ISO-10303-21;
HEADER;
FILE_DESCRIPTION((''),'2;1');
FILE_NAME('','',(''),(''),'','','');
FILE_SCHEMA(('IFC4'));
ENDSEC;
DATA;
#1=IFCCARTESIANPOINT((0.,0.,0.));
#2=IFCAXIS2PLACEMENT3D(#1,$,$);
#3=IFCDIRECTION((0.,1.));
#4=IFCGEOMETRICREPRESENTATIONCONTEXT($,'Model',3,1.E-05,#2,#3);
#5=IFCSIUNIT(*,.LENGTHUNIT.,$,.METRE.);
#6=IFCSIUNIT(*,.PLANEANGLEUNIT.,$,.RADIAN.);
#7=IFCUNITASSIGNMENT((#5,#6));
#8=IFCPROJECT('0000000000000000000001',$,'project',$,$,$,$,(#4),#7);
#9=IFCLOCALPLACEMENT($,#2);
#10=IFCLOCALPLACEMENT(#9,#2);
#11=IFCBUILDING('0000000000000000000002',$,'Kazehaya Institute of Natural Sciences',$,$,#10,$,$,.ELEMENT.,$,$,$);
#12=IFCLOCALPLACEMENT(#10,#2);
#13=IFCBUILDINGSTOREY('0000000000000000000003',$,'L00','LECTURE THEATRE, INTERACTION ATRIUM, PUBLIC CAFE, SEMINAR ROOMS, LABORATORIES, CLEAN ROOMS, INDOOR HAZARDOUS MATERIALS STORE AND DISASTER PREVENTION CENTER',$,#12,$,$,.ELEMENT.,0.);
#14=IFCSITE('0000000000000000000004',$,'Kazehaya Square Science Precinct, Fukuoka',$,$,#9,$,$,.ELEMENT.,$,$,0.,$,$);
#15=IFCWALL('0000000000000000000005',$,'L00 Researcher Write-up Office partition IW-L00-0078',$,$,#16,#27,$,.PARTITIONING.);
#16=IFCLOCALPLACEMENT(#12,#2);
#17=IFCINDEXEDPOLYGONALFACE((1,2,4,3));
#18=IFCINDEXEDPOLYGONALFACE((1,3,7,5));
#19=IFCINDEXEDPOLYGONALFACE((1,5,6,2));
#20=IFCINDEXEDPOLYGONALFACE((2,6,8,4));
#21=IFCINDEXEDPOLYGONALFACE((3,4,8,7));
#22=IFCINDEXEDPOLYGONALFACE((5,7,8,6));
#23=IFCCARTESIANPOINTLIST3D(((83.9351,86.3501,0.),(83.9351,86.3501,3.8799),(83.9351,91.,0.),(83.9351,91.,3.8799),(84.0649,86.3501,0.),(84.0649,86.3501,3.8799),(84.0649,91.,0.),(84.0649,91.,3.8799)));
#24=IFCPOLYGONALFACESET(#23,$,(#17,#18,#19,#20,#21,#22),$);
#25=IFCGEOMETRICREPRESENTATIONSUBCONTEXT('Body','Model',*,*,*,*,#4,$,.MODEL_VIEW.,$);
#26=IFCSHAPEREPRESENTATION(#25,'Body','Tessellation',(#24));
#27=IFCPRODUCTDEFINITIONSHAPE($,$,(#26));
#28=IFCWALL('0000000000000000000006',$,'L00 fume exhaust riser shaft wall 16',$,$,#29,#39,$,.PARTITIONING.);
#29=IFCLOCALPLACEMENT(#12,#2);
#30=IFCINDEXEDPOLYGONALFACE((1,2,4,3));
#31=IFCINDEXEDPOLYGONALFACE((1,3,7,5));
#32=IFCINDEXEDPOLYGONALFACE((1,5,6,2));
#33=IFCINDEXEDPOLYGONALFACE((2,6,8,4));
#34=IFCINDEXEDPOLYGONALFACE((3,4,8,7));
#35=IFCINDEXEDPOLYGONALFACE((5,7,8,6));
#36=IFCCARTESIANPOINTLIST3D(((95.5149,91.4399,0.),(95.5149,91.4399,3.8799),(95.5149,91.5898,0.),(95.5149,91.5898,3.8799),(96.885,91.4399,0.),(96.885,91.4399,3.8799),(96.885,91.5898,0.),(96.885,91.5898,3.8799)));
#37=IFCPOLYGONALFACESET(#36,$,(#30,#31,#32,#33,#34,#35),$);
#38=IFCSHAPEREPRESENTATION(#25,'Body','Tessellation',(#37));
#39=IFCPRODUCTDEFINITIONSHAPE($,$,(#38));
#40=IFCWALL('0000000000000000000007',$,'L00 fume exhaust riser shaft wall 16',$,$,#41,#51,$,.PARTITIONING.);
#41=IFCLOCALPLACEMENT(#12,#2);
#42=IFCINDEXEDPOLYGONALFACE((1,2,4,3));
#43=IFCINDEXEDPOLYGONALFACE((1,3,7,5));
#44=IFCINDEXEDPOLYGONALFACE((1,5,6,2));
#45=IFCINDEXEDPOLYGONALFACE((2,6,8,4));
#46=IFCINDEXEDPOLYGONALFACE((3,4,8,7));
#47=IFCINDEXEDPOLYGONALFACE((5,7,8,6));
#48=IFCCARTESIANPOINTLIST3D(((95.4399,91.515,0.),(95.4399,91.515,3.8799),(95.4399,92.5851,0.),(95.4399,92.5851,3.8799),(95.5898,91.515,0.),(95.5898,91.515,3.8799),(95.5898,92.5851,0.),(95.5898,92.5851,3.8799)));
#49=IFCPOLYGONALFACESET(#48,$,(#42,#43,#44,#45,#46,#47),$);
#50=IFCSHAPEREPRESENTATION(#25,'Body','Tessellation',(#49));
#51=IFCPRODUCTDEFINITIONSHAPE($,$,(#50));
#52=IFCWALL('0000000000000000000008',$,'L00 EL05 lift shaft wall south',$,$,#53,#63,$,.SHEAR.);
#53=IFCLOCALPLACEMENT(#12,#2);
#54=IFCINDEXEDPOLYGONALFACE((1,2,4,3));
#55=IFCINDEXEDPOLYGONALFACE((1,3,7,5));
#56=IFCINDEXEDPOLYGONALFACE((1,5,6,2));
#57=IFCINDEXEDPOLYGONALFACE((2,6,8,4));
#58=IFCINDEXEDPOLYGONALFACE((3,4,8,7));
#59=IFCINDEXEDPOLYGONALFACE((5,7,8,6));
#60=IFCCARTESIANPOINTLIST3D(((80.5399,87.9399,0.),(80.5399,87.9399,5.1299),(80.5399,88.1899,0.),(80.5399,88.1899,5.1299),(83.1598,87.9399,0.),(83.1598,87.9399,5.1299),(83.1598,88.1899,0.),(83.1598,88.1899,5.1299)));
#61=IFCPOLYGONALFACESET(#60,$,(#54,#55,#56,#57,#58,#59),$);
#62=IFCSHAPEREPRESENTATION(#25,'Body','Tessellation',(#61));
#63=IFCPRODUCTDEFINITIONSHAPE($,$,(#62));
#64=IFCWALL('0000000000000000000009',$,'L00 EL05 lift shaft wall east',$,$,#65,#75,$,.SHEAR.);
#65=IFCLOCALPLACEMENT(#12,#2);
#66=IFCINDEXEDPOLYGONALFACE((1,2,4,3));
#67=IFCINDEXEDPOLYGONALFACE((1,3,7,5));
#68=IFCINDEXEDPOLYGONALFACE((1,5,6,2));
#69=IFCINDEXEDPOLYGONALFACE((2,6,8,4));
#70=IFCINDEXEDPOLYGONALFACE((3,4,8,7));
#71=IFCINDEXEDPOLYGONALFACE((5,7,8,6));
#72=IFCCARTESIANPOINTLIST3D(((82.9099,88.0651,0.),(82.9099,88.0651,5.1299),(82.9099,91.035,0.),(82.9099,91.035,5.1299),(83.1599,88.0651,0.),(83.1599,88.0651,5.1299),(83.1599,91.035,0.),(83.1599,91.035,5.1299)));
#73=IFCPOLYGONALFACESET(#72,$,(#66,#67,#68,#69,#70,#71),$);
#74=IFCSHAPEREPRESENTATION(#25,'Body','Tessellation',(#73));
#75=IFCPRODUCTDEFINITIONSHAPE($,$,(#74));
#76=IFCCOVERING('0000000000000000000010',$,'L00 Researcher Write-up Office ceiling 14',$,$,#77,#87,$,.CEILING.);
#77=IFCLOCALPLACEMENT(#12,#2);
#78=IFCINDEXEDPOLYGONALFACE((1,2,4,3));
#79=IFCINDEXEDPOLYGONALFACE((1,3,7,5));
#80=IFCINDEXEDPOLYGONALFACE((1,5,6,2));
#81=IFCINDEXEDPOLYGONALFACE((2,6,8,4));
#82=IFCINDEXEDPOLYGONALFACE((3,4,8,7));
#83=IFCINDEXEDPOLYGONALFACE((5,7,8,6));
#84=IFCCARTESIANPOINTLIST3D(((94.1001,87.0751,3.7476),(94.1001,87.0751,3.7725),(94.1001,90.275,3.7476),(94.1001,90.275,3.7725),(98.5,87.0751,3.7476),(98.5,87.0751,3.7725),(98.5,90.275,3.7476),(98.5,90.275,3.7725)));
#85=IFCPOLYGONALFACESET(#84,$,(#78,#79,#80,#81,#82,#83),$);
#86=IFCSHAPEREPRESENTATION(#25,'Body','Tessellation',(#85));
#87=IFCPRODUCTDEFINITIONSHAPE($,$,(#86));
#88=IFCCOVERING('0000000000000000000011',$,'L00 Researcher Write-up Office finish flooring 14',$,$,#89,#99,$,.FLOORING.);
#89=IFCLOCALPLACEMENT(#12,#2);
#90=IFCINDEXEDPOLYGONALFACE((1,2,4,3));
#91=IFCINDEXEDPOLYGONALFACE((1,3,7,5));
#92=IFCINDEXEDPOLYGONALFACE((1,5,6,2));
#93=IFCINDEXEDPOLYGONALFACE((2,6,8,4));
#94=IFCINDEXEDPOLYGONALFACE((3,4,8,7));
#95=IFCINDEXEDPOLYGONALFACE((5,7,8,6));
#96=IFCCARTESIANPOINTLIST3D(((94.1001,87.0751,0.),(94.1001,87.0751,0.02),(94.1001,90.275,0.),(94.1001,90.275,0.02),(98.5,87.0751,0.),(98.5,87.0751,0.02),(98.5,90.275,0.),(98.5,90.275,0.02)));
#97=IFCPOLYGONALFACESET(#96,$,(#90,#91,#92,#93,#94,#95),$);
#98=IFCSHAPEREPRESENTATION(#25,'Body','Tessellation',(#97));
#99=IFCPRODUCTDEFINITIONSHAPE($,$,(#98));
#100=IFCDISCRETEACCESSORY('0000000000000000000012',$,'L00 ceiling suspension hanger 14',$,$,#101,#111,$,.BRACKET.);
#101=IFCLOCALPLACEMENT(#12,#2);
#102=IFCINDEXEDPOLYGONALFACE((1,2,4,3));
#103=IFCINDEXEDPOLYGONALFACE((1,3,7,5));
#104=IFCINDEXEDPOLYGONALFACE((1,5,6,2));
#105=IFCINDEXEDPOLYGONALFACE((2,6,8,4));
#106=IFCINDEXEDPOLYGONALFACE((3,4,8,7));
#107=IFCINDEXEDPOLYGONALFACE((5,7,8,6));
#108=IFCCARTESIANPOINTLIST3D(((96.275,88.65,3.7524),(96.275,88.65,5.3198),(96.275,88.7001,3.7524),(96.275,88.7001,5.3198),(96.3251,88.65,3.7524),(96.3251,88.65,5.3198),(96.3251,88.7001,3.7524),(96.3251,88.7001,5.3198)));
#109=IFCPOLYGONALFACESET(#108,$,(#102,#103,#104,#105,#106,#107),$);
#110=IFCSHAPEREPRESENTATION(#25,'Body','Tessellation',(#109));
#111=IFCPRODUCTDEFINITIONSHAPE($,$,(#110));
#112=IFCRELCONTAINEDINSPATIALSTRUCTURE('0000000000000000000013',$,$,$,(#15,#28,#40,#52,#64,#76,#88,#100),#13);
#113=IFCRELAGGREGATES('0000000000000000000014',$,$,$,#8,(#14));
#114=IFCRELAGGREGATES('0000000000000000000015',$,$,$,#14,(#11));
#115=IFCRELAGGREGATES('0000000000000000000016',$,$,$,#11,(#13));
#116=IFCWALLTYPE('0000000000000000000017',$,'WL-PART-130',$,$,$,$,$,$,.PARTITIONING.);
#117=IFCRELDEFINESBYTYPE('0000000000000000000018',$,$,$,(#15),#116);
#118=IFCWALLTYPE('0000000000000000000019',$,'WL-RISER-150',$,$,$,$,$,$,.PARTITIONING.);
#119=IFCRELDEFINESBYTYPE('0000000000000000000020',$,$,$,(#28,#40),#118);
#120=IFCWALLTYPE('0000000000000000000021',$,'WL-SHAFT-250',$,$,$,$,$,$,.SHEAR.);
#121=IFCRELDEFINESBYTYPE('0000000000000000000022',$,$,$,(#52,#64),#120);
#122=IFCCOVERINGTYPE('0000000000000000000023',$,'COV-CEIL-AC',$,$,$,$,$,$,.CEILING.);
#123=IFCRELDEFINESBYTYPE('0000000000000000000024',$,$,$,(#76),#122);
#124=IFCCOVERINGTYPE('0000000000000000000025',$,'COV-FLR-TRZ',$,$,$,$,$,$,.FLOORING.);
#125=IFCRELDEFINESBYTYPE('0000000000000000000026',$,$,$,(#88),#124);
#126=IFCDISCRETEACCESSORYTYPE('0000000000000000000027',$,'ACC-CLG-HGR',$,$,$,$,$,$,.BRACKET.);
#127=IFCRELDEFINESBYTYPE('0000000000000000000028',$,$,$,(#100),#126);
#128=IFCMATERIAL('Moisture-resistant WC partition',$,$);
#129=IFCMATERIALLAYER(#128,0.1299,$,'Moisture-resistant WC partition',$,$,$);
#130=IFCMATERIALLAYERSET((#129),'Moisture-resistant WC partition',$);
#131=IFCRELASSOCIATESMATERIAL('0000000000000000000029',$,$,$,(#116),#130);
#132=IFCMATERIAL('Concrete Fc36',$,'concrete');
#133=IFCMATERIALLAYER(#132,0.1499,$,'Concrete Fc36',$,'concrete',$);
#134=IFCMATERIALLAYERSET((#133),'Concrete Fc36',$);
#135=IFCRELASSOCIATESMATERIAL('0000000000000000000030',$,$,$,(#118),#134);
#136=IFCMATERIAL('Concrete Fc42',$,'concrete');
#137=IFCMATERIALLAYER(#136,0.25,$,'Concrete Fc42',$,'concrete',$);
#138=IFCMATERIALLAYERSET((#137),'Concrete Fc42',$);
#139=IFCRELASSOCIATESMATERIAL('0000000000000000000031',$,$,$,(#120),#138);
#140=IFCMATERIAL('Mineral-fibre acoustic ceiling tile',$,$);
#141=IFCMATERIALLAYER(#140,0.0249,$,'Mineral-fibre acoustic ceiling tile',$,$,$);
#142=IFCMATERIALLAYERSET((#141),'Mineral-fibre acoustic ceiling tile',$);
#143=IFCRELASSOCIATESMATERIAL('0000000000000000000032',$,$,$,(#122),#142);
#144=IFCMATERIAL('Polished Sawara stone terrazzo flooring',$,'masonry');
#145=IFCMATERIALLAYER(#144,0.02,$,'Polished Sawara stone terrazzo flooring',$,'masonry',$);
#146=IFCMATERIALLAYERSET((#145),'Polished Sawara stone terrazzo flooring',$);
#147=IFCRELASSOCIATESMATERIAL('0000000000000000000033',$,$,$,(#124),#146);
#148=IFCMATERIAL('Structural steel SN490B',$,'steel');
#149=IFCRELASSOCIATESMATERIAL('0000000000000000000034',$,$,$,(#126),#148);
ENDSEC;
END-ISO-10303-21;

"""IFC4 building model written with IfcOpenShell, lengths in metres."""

from ifc_helpers import new_model, si_unit, direction, frame, frame_2d, origin, origin_2d, place, context, subcontext, project, spatial, rectangle, extrude, material, layer, layer_set, type_object, element, save


model = new_model("IFC4")

# Units and contexts
model_context = context("Model", 3, precision=1e-05, world=origin(), true_north=direction((0.0, 1.0)))
body_context = subcontext(model_context, "Body", "Model", "MODEL_VIEW")
ifc_project = project(units=[si_unit("LENGTHUNIT", "METRE"), si_unit("PLANEANGLEUNIT", "RADIAN")], contexts=[model_context])

# Site, building, storey
site_placement = place(None, origin())
site = spatial("IfcSite", under=ifc_project, at=site_placement, Name="Kazehaya Square Science Precinct, Fukuoka", CompositionType="ELEMENT", RefElevation=0.0)
building_placement = place(site_placement, origin())
building = spatial("IfcBuilding", under=site, at=building_placement, Name="Kazehaya Institute of Natural Sciences", CompositionType="ELEMENT")
storey_placement = place(building_placement, origin())
storey = spatial("IfcBuildingStorey", under=building, at=storey_placement, Name="L00", Description="LECTURE THEATRE, INTERACTION ATRIUM, PUBLIC CAFE, SEMINAR ROOMS, LABORATORIES, CLEAN ROOMS, INDOOR HAZARDOUS MATERIALS STORE AND DISASTER PREVENTION CENTER", CompositionType="ELEMENT", Elevation=0.0)

# Shared definitions
ifc_material_1 = material(Name="Concrete Fc42", Category="concrete")

# Shared definitions
ifc_material_2 = material(Name="Concrete Fc36", Category="concrete")

# Shared definitions
ifc_material_3 = material(Name="Moisture-resistant WC partition")
ifc_layer_1 = layer(ifc_material_3, 0.1299, Name="Moisture-resistant WC partition")
ifc_layer_set_1 = layer_set([ifc_layer_1], Name="Moisture-resistant WC partition")
wall_type_1 = type_object("IfcWallType", Name="WL-PART-130", PredefinedType="PARTITIONING", material=ifc_layer_set_1)

# Walls
wall_1_placement = place(storey_placement, frame((84.0, 86.3501, 0.0), z_axis=(0.0, 0.0, 1.0), x_axis=(0.0, 1.0, 0.0)))
element("IfcWall", 1, at=wall_1_placement, inside=storey, type_object=wall_type_1, Name="L00 Researcher Write-up Office partition IW-L00-0078", PredefinedType="PARTITIONING", context=body_context, shape_type="SweptSolid", body=[
    extrude(rectangle(XDim=4.6499, YDim=0.1299, at=frame_2d((2.325, 0.0))), origin(), (0.0, 0.0, 1.0), 3.8799),
])
ifc_layer_2 = layer(ifc_material_2, 0.1499, Name="Concrete Fc36", Category="concrete")
ifc_layer_set_2 = layer_set([ifc_layer_2], Name="Concrete Fc36")
wall_type_2 = type_object("IfcWallType", Name="WL-RISER-150", PredefinedType="PARTITIONING", material=ifc_layer_set_2)
wall_2_placement = place(storey_placement, frame((96.885, 91.5149, 0.0), z_axis=(0.0, 0.0, 1.0), x_axis=(-1.0, 0.0, 0.0)))
element("IfcWall", 2, at=wall_2_placement, inside=storey, type_object=wall_type_2, Name="L00 fume exhaust riser shaft wall 16", PredefinedType="PARTITIONING", context=body_context, shape_type="SweptSolid", body=[
    extrude(rectangle(XDim=1.3701, YDim=0.1499, at=frame_2d((0.6851, 0.0))), origin(), (0.0, 0.0, 1.0), 3.8799),
])
wall_3_placement = place(storey_placement, frame((95.5149, 91.5149, 0.0), z_axis=(0.0, 0.0, 1.0), x_axis=(0.0, 1.0, 0.0)))
element("IfcWall", 3, at=wall_3_placement, inside=storey, type_object=wall_type_2, Name="L00 fume exhaust riser shaft wall 16", PredefinedType="PARTITIONING", context=body_context, shape_type="SweptSolid", body=[
    extrude(rectangle(XDim=1.0701, YDim=0.1499, at=frame_2d((0.5352, 0.0))), origin(), (0.0, 0.0, 1.0), 3.8799),
])
ifc_layer_3 = layer(ifc_material_1, 0.25, Name="Concrete Fc42", Category="concrete")
ifc_layer_set_3 = layer_set([ifc_layer_3], Name="Concrete Fc42")
wall_type_3 = type_object("IfcWallType", Name="WL-SHAFT-250", PredefinedType="SHEAR", material=ifc_layer_set_3)
wall_4_placement = place(storey_placement, frame((83.1599, 88.0649, 0.0), z_axis=(0.0, 0.0, 1.0), x_axis=(-1.0, 0.0, 0.0)))
element("IfcWall", 4, at=wall_4_placement, inside=storey, type_object=wall_type_3, Name="L00 EL05 lift shaft wall south", PredefinedType="SHEAR", context=body_context, shape_type="SweptSolid", body=[
    extrude(rectangle(XDim=2.6199, YDim=0.25, at=frame_2d((1.3101, 0.0))), origin(), (0.0, 0.0, 1.0), 5.1299),
])
wall_5_placement = place(storey_placement, frame((83.0349, 91.0349, 0.0), z_axis=(0.0, 0.0, 1.0), x_axis=(0.0, -1.0, 0.0)))
element("IfcWall", 5, at=wall_5_placement, inside=storey, type_object=wall_type_3, Name="L00 EL05 lift shaft wall east", PredefinedType="SHEAR", context=body_context, shape_type="SweptSolid", body=[
    extrude(rectangle(XDim=2.97, YDim=0.25, at=frame_2d((1.4849, 0.0))), origin(), (0.0, 0.0, 1.0), 5.1299),
])

# Coverings
ifc_material_4 = material(Name="Mineral-fibre acoustic ceiling tile")
ifc_layer_4 = layer(ifc_material_4, 0.0249, Name="Mineral-fibre acoustic ceiling tile")
ifc_layer_set_4 = layer_set([ifc_layer_4], Name="Mineral-fibre acoustic ceiling tile")
covering_type_1 = type_object("IfcCoveringType", Name="COV-CEIL-AC", PredefinedType="CEILING", material=ifc_layer_set_4)
covering_1_placement = place(storey_placement, frame((96.3, 88.675, 3.7476), z_axis=(0.0, 0.0, 1.0), x_axis=(1.0, 0.0, 0.0)))
element("IfcCovering", 6, at=covering_1_placement, inside=storey, type_object=covering_type_1, Name="L00 Researcher Write-up Office ceiling 14", PredefinedType="CEILING", context=body_context, shape_type="SweptSolid", body=[
    extrude(rectangle(XDim=4.3999, YDim=3.2, at=origin_2d()), origin(), (0.0, 0.0, 1.0), 0.0249),
])
ifc_material_5 = material(Name="Polished Sawara stone terrazzo flooring", Category="masonry")
ifc_layer_5 = layer(ifc_material_5, 0.02, Name="Polished Sawara stone terrazzo flooring", Category="masonry")
ifc_layer_set_5 = layer_set([ifc_layer_5], Name="Polished Sawara stone terrazzo flooring")
covering_type_2 = type_object("IfcCoveringType", Name="COV-FLR-TRZ", PredefinedType="FLOORING", material=ifc_layer_set_5)
covering_2_placement = place(storey_placement, frame((96.3, 88.675, 0.0), z_axis=(0.0, 0.0, 1.0), x_axis=(1.0, 0.0, 0.0)))
element("IfcCovering", 7, at=covering_2_placement, inside=storey, type_object=covering_type_2, Name="L00 Researcher Write-up Office finish flooring 14", PredefinedType="FLOORING", context=body_context, shape_type="SweptSolid", body=[
    extrude(rectangle(XDim=4.3999, YDim=3.2, at=origin_2d()), origin(), (0.0, 0.0, 1.0), 0.02),
])

# Discrete accessory
ifc_material_6 = material(Name="Structural steel SN490B", Category="steel")
discrete_accessory_type = type_object("IfcDiscreteAccessoryType", Name="ACC-CLG-HGR", PredefinedType="BRACKET", material=ifc_material_6)
discrete_accessory_placement = place(storey_placement, frame((96.3, 88.675, 3.7524), z_axis=(0.0, 0.0, 1.0), x_axis=(1.0, 0.0, 0.0)))
element("IfcDiscreteAccessory", 8, at=discrete_accessory_placement, inside=storey, type_object=discrete_accessory_type, Name="L00 ceiling suspension hanger 14", PredefinedType="BRACKET", context=body_context, shape_type="SweptSolid", body=[
    extrude(rectangle(XDim=0.05, YDim=0.05, at=origin_2d()), origin(), (0.0, 0.0, 1.0), 1.5674),
])

save(model, "model.ifc")
